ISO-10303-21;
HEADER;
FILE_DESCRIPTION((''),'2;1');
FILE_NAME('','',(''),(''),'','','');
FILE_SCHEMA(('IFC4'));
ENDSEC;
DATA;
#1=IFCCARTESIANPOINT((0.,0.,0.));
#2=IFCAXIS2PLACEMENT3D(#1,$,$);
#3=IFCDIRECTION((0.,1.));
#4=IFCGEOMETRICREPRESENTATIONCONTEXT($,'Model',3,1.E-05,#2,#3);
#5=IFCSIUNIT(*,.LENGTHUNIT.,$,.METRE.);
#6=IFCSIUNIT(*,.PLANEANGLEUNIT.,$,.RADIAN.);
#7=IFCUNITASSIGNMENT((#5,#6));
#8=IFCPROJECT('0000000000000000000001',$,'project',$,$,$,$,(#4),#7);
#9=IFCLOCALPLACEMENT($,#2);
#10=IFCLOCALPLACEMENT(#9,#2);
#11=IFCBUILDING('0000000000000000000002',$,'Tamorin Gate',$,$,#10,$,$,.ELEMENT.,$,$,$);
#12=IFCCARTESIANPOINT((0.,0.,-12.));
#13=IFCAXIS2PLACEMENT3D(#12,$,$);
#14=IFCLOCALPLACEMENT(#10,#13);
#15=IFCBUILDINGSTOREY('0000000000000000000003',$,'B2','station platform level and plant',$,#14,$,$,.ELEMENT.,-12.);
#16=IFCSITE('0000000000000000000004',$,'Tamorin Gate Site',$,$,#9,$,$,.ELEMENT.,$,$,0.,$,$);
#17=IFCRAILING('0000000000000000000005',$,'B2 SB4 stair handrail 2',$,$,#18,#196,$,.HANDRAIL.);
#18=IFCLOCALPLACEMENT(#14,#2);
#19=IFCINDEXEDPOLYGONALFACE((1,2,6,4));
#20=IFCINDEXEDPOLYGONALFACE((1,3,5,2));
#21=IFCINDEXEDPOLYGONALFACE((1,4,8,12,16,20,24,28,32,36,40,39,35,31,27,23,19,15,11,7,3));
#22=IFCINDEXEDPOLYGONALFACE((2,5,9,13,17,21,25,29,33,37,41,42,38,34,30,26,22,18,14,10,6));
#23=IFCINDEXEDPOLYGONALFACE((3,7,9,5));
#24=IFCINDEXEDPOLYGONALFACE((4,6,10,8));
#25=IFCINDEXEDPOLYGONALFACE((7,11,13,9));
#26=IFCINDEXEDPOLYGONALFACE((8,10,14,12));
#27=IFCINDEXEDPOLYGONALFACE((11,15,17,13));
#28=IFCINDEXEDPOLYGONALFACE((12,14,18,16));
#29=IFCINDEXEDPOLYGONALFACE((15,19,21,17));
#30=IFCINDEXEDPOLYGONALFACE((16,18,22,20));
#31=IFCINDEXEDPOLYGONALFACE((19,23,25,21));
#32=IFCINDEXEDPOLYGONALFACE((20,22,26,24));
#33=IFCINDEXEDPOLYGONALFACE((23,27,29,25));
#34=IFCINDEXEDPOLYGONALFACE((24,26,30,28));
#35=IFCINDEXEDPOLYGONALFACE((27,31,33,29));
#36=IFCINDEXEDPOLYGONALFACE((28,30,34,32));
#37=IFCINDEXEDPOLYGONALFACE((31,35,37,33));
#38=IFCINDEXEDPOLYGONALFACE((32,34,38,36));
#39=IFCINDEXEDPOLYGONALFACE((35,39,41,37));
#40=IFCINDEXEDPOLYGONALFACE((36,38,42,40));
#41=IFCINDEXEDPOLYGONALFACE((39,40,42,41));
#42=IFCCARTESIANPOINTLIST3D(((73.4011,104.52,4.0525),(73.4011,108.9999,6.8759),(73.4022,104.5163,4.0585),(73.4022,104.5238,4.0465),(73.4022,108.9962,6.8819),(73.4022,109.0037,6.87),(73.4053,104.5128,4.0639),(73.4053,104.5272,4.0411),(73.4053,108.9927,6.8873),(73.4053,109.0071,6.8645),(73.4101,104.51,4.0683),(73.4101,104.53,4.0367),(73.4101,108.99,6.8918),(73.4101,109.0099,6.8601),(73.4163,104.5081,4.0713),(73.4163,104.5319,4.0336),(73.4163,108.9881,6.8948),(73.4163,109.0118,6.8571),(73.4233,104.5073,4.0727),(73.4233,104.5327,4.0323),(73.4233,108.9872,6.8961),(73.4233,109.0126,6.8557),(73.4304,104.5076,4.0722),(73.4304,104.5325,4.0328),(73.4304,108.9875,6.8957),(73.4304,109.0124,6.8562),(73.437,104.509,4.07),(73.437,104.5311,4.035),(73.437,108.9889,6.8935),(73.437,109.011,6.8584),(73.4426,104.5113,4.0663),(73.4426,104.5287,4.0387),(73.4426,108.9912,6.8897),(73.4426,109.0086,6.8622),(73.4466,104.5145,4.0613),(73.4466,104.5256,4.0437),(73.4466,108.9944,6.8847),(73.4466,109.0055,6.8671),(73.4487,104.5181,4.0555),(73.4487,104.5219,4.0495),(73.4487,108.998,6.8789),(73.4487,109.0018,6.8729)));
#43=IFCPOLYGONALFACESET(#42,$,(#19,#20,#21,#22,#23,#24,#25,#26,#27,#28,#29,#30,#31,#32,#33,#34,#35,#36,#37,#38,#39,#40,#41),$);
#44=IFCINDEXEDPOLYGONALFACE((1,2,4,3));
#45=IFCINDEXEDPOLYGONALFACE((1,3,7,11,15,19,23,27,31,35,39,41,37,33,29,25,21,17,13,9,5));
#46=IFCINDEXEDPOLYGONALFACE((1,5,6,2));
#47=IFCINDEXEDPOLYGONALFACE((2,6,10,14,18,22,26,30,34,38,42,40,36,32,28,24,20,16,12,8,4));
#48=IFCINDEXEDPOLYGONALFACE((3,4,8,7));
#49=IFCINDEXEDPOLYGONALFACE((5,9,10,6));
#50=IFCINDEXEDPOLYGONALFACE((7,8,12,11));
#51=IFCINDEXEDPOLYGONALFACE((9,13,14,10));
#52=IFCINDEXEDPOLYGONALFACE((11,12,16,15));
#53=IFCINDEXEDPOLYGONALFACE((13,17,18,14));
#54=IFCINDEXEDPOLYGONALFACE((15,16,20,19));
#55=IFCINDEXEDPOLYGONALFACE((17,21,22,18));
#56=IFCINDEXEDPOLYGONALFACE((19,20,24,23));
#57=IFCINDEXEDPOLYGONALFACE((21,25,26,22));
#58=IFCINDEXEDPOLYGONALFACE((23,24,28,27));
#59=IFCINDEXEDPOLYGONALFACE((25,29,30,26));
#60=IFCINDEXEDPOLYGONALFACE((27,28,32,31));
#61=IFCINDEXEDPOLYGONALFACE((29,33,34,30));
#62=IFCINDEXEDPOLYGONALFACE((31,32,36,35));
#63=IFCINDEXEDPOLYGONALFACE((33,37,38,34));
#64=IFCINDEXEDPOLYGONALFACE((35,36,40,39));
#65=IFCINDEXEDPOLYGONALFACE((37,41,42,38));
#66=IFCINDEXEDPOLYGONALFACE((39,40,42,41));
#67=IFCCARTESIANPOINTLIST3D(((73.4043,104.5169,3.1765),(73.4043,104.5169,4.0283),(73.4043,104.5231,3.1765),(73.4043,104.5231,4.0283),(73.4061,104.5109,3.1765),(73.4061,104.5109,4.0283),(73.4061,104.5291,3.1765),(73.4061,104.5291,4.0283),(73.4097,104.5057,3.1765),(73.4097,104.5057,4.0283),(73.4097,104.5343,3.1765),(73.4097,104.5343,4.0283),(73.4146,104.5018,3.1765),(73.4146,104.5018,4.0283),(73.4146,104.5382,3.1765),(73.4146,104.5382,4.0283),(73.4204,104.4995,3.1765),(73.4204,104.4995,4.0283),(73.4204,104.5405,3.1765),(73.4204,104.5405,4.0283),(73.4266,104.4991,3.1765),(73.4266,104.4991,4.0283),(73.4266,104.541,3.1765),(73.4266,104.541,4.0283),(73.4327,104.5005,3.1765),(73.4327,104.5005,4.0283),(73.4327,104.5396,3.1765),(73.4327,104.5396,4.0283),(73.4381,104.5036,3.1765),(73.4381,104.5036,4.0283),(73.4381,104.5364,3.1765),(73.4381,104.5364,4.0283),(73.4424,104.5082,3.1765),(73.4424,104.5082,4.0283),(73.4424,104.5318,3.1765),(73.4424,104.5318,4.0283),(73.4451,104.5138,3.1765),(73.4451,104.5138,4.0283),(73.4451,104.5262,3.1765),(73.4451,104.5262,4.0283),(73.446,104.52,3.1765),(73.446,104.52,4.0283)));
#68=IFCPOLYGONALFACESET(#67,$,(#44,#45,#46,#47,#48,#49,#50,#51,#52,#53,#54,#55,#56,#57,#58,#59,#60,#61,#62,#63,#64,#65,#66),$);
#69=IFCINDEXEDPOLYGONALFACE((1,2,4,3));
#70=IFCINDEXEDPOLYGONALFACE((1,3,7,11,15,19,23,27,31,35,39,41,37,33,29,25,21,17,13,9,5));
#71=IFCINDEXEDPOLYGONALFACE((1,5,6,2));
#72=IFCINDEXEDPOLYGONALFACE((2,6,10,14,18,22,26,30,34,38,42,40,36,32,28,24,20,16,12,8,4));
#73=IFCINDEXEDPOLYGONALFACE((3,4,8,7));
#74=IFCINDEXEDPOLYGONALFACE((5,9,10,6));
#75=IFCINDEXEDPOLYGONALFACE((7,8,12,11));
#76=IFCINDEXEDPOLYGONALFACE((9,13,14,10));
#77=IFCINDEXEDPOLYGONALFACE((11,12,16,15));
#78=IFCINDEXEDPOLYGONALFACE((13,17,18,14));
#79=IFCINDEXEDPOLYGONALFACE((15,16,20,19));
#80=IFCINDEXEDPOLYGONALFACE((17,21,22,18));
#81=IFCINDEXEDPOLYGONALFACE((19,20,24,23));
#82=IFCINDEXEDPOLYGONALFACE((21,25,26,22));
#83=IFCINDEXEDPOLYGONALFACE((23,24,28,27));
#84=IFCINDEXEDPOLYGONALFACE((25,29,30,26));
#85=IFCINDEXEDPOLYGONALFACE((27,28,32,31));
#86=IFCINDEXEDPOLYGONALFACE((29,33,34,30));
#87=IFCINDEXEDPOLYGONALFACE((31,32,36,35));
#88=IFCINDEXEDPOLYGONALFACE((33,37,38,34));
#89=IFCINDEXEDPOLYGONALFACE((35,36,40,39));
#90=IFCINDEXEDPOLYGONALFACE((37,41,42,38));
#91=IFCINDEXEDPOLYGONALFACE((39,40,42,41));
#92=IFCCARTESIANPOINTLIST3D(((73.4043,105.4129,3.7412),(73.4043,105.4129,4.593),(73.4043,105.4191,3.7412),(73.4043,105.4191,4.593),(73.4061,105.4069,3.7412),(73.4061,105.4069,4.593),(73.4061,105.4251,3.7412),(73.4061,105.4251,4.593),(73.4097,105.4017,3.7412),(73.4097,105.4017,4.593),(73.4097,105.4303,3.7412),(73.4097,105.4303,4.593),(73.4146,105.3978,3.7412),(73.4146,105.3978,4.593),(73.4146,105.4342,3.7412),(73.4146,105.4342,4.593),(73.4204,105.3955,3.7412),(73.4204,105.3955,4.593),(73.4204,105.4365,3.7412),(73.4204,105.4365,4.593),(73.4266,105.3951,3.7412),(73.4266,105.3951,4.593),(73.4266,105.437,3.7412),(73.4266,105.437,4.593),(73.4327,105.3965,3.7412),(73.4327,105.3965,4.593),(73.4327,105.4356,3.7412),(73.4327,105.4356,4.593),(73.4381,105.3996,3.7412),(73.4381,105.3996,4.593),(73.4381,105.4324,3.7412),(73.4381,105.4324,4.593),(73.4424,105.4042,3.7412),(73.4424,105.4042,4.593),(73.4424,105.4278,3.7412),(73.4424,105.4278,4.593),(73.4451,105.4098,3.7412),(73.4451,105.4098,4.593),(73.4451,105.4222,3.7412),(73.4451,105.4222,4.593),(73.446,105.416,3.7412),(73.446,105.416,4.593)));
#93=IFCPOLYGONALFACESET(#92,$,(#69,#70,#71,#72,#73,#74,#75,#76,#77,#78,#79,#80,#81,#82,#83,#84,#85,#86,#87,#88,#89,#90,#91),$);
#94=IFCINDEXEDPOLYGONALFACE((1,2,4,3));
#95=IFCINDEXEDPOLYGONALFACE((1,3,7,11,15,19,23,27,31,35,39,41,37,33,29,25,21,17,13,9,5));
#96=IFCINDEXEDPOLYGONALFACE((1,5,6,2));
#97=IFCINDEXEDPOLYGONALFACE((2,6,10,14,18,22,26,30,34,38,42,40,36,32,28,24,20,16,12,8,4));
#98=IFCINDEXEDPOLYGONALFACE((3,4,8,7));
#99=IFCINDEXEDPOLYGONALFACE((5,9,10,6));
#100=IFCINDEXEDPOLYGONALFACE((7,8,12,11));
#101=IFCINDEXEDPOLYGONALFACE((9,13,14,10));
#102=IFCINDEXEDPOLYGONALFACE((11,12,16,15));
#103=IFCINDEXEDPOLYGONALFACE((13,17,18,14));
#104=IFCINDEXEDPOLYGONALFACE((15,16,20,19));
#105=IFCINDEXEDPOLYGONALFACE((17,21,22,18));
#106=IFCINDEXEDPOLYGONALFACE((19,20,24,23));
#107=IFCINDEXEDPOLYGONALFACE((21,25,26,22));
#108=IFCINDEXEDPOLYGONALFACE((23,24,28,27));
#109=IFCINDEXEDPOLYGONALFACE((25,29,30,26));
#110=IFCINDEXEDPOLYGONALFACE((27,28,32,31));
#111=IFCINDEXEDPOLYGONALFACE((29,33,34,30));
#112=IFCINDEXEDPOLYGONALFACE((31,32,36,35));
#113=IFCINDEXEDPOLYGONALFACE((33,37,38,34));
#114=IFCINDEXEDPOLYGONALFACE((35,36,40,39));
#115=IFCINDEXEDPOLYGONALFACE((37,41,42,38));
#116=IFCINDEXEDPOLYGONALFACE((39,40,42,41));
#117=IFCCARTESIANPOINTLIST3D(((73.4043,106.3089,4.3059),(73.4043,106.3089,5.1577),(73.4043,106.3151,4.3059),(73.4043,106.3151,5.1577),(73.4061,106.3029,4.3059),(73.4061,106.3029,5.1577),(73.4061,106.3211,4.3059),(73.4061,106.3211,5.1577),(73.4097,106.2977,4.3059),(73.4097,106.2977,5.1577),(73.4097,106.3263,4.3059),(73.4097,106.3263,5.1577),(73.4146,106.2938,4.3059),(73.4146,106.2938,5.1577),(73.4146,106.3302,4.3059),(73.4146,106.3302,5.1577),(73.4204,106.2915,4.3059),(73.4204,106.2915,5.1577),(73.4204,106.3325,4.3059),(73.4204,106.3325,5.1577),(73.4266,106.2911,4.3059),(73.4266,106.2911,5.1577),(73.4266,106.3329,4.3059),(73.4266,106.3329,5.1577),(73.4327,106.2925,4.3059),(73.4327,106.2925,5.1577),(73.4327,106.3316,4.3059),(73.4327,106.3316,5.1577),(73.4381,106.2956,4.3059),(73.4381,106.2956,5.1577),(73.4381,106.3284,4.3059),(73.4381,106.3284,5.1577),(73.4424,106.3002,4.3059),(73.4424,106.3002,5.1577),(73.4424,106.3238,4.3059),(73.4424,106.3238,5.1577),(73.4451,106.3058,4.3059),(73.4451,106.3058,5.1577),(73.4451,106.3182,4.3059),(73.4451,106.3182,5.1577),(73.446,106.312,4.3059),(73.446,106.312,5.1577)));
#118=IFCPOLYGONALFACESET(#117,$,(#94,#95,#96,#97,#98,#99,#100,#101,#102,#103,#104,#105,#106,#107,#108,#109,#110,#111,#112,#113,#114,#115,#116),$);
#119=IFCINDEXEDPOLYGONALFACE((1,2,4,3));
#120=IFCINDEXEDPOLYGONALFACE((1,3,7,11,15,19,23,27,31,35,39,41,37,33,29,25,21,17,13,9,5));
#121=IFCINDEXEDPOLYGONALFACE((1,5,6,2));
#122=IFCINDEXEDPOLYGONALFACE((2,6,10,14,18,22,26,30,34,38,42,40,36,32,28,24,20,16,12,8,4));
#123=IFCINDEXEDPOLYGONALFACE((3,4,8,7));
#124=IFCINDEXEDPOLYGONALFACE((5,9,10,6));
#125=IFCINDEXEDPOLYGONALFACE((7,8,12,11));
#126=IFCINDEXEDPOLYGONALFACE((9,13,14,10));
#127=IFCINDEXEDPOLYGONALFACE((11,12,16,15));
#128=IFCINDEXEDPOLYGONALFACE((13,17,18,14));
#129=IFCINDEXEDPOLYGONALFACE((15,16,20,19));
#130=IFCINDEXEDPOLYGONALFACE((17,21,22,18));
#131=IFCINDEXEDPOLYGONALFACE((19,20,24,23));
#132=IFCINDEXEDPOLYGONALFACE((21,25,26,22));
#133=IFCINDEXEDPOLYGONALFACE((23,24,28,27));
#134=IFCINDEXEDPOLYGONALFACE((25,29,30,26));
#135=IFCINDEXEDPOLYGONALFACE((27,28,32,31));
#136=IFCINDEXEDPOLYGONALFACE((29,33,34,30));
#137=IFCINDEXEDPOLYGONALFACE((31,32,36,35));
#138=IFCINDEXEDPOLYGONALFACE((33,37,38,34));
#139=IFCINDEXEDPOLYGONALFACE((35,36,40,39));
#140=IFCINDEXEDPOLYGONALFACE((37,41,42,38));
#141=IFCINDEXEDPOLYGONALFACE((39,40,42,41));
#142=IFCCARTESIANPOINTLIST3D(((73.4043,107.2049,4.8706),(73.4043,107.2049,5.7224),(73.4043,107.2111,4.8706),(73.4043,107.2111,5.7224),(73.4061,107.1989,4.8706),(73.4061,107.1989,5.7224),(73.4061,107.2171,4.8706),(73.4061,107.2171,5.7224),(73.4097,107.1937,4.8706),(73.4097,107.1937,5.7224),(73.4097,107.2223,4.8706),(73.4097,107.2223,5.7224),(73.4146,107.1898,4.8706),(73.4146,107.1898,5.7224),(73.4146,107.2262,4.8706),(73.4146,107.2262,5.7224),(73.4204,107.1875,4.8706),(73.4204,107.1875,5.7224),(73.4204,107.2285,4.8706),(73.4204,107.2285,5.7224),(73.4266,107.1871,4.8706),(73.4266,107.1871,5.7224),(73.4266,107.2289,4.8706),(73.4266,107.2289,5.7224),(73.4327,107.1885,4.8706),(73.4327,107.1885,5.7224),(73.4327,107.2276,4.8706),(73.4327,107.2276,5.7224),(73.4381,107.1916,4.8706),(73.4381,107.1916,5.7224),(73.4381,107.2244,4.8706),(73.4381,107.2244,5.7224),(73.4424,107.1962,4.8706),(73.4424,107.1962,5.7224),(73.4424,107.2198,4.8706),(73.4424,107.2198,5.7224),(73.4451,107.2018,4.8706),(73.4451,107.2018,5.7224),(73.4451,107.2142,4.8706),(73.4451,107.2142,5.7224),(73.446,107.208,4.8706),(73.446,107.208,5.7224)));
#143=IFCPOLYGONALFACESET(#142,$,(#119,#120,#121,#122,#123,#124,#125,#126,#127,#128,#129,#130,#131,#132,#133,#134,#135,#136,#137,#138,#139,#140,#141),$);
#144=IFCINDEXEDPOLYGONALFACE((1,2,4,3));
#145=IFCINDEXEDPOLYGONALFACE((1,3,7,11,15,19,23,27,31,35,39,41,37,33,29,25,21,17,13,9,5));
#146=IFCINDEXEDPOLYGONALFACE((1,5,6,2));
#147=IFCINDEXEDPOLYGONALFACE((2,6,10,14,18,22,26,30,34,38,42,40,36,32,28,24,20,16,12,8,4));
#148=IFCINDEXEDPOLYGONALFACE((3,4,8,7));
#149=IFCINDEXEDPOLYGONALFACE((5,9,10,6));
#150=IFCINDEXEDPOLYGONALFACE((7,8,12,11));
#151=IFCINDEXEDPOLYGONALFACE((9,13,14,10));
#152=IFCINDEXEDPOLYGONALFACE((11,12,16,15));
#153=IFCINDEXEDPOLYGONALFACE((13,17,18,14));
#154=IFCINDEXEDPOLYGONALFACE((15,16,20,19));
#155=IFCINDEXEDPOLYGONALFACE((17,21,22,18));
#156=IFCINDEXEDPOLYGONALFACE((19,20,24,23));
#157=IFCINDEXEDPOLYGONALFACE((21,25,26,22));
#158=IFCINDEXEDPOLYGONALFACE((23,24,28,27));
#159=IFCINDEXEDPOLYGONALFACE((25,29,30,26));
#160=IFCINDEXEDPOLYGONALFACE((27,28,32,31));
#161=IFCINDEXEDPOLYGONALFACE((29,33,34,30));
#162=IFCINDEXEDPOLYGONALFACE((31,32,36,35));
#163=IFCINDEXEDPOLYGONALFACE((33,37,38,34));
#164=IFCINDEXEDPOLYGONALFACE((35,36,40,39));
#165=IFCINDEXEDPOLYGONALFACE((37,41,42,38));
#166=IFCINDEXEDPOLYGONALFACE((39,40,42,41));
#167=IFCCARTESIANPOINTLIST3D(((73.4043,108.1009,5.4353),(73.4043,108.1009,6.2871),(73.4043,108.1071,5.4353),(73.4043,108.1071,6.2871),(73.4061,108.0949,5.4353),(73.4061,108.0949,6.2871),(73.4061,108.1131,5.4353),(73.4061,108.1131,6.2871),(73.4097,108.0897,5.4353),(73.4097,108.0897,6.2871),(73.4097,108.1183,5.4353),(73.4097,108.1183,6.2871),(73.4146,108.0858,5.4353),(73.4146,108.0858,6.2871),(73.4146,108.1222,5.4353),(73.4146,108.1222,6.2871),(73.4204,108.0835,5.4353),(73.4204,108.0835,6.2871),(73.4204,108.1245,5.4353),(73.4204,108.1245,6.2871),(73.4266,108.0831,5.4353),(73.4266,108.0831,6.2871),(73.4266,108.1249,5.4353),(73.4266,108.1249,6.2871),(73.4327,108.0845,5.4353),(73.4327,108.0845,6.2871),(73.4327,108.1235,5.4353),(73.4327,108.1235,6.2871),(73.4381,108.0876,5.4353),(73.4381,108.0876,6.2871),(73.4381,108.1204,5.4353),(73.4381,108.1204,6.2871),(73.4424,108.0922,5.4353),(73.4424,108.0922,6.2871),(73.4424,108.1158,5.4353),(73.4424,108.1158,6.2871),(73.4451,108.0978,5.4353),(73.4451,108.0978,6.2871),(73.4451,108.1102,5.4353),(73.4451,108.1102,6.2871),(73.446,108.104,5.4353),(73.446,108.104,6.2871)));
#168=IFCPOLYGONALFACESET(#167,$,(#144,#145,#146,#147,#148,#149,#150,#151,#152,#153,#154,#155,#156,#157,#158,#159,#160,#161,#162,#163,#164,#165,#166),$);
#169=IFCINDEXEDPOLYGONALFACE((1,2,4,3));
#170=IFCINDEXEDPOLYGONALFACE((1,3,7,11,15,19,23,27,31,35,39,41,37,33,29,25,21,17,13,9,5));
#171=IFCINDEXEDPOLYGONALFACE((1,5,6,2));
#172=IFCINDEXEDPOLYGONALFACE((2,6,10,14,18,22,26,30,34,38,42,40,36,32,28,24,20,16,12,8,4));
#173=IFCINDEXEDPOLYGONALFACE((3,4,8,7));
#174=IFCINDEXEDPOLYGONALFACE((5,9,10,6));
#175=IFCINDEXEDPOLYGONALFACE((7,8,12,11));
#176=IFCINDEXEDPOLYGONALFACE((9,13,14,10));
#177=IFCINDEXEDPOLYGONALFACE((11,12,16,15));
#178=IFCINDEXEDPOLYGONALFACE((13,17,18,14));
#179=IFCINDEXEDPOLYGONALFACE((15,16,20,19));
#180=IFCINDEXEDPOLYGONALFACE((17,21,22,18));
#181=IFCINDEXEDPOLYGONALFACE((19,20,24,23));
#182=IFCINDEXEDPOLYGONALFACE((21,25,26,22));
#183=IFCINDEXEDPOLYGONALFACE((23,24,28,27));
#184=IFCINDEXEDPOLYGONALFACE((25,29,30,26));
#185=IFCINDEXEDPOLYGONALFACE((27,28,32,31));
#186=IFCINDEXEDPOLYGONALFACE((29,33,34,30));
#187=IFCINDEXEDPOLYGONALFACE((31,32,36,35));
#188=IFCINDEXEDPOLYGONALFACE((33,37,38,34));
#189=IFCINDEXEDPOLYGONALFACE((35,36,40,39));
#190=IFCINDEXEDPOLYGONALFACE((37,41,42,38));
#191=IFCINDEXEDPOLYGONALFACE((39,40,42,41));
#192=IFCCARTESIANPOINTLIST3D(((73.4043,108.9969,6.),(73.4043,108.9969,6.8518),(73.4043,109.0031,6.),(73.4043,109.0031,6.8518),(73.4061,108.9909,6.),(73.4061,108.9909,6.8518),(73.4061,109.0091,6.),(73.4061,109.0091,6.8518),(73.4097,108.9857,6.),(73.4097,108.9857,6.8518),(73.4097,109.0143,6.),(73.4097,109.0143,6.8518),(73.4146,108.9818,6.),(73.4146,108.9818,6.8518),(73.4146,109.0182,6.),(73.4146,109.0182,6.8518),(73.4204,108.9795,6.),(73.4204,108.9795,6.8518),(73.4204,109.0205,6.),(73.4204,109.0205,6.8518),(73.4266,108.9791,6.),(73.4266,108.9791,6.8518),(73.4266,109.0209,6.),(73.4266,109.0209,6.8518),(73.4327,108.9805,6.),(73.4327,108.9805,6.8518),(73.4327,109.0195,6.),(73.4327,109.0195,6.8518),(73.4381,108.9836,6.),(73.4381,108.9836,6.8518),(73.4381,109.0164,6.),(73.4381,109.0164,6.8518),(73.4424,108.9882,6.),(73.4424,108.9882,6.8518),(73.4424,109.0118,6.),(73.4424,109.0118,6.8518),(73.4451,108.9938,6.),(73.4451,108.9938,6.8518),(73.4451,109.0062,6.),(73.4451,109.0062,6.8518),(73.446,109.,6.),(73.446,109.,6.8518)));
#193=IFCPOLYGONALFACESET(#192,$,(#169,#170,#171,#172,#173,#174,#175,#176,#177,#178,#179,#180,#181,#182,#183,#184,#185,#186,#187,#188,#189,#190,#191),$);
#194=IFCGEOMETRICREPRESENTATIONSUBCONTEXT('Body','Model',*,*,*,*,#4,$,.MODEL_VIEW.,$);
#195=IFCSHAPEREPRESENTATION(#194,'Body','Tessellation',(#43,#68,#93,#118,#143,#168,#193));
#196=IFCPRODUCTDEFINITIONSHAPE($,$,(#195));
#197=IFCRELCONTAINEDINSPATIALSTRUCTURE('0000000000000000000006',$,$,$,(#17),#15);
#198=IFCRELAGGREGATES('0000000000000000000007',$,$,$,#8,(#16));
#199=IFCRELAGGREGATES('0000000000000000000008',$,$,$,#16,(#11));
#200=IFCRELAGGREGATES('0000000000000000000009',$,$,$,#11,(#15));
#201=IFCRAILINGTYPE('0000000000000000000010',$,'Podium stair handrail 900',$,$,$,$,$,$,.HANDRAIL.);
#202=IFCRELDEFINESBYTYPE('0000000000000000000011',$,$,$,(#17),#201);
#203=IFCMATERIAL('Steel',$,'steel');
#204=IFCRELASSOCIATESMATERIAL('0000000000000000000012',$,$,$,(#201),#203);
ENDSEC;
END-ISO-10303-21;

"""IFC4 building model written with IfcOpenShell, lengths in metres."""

from ifc_helpers import new_model, si_unit, direction, frame, origin, origin_2d, place, context, subcontext, project, spatial, circle, extrude, material, type_object, element, save


model = new_model("IFC4")

# Units and contexts
model_context = context("Model", 3, precision=1e-05, world=origin(), true_north=direction((0.0, 1.0)))
body_context = subcontext(model_context, "Body", "Model", "MODEL_VIEW")
ifc_project = project(units=[si_unit("LENGTHUNIT", "METRE"), si_unit("PLANEANGLEUNIT", "RADIAN")], contexts=[model_context])

# Site, building, storey
site_placement = place(None, origin())
site = spatial("IfcSite", under=ifc_project, at=site_placement, Name="Tamorin Gate Site", CompositionType="ELEMENT", RefElevation=0.0)
building_placement = place(site_placement, origin())
building = spatial("IfcBuilding", under=site, at=building_placement, Name="Tamorin Gate", CompositionType="ELEMENT")
storey_placement = place(building_placement, frame((0.0, 0.0, -12.0)))
storey = spatial("IfcBuildingStorey", under=building, at=storey_placement, Name="B2", Description="station platform level and plant", CompositionType="ELEMENT", Elevation=-12.0)

# Railing
ifc_material_1 = material(Name="Steel", Category="steel")
railing_type_1 = type_object("IfcRailingType", Name="Podium stair handrail 900", PredefinedType="HANDRAIL", material=ifc_material_1)
railing_1_placement = place(storey_placement, frame((73.425, 104.52, 3.1765)))
element("IfcRailing", 1, at=railing_1_placement, inside=storey, type_object=railing_type_1, Name="B2 SB4 stair handrail 2", PredefinedType="HANDRAIL", context=body_context, shape_type="SweptSolid", body=[
    extrude(circle(Radius=0.0239, at=origin_2d()), frame((0.0, 0.0, 0.876), z_axis=(0.0, 0.845998, 0.533186), x_axis=(-1.0, 0.0, 0.0)), (0.0, 0.0, 1.0), 5.2954),
    extrude(circle(Radius=0.021, at=origin_2d()), origin(), (0.0, 0.0, 1.0), 0.8518),
    extrude(circle(Radius=0.021, at=origin_2d()), frame((0.0, 0.896, 0.5647)), (0.0, 0.0, 1.0), 0.8518),
    extrude(circle(Radius=0.021, at=origin_2d()), frame((0.0, 1.792, 1.1294)), (0.0, 0.0, 1.0), 0.8518),
    extrude(circle(Radius=0.021, at=origin_2d()), frame((0.0, 2.688, 1.6941)), (0.0, 0.0, 1.0), 0.8518),
    extrude(circle(Radius=0.021, at=origin_2d()), frame((0.0, 3.584, 2.2588)), (0.0, 0.0, 1.0), 0.8518),
    extrude(circle(Radius=0.021, at=origin_2d()), frame((0.0, 4.48, 2.8235)), (0.0, 0.0, 1.0), 0.8518),
])

save(model, "model.ifc")
